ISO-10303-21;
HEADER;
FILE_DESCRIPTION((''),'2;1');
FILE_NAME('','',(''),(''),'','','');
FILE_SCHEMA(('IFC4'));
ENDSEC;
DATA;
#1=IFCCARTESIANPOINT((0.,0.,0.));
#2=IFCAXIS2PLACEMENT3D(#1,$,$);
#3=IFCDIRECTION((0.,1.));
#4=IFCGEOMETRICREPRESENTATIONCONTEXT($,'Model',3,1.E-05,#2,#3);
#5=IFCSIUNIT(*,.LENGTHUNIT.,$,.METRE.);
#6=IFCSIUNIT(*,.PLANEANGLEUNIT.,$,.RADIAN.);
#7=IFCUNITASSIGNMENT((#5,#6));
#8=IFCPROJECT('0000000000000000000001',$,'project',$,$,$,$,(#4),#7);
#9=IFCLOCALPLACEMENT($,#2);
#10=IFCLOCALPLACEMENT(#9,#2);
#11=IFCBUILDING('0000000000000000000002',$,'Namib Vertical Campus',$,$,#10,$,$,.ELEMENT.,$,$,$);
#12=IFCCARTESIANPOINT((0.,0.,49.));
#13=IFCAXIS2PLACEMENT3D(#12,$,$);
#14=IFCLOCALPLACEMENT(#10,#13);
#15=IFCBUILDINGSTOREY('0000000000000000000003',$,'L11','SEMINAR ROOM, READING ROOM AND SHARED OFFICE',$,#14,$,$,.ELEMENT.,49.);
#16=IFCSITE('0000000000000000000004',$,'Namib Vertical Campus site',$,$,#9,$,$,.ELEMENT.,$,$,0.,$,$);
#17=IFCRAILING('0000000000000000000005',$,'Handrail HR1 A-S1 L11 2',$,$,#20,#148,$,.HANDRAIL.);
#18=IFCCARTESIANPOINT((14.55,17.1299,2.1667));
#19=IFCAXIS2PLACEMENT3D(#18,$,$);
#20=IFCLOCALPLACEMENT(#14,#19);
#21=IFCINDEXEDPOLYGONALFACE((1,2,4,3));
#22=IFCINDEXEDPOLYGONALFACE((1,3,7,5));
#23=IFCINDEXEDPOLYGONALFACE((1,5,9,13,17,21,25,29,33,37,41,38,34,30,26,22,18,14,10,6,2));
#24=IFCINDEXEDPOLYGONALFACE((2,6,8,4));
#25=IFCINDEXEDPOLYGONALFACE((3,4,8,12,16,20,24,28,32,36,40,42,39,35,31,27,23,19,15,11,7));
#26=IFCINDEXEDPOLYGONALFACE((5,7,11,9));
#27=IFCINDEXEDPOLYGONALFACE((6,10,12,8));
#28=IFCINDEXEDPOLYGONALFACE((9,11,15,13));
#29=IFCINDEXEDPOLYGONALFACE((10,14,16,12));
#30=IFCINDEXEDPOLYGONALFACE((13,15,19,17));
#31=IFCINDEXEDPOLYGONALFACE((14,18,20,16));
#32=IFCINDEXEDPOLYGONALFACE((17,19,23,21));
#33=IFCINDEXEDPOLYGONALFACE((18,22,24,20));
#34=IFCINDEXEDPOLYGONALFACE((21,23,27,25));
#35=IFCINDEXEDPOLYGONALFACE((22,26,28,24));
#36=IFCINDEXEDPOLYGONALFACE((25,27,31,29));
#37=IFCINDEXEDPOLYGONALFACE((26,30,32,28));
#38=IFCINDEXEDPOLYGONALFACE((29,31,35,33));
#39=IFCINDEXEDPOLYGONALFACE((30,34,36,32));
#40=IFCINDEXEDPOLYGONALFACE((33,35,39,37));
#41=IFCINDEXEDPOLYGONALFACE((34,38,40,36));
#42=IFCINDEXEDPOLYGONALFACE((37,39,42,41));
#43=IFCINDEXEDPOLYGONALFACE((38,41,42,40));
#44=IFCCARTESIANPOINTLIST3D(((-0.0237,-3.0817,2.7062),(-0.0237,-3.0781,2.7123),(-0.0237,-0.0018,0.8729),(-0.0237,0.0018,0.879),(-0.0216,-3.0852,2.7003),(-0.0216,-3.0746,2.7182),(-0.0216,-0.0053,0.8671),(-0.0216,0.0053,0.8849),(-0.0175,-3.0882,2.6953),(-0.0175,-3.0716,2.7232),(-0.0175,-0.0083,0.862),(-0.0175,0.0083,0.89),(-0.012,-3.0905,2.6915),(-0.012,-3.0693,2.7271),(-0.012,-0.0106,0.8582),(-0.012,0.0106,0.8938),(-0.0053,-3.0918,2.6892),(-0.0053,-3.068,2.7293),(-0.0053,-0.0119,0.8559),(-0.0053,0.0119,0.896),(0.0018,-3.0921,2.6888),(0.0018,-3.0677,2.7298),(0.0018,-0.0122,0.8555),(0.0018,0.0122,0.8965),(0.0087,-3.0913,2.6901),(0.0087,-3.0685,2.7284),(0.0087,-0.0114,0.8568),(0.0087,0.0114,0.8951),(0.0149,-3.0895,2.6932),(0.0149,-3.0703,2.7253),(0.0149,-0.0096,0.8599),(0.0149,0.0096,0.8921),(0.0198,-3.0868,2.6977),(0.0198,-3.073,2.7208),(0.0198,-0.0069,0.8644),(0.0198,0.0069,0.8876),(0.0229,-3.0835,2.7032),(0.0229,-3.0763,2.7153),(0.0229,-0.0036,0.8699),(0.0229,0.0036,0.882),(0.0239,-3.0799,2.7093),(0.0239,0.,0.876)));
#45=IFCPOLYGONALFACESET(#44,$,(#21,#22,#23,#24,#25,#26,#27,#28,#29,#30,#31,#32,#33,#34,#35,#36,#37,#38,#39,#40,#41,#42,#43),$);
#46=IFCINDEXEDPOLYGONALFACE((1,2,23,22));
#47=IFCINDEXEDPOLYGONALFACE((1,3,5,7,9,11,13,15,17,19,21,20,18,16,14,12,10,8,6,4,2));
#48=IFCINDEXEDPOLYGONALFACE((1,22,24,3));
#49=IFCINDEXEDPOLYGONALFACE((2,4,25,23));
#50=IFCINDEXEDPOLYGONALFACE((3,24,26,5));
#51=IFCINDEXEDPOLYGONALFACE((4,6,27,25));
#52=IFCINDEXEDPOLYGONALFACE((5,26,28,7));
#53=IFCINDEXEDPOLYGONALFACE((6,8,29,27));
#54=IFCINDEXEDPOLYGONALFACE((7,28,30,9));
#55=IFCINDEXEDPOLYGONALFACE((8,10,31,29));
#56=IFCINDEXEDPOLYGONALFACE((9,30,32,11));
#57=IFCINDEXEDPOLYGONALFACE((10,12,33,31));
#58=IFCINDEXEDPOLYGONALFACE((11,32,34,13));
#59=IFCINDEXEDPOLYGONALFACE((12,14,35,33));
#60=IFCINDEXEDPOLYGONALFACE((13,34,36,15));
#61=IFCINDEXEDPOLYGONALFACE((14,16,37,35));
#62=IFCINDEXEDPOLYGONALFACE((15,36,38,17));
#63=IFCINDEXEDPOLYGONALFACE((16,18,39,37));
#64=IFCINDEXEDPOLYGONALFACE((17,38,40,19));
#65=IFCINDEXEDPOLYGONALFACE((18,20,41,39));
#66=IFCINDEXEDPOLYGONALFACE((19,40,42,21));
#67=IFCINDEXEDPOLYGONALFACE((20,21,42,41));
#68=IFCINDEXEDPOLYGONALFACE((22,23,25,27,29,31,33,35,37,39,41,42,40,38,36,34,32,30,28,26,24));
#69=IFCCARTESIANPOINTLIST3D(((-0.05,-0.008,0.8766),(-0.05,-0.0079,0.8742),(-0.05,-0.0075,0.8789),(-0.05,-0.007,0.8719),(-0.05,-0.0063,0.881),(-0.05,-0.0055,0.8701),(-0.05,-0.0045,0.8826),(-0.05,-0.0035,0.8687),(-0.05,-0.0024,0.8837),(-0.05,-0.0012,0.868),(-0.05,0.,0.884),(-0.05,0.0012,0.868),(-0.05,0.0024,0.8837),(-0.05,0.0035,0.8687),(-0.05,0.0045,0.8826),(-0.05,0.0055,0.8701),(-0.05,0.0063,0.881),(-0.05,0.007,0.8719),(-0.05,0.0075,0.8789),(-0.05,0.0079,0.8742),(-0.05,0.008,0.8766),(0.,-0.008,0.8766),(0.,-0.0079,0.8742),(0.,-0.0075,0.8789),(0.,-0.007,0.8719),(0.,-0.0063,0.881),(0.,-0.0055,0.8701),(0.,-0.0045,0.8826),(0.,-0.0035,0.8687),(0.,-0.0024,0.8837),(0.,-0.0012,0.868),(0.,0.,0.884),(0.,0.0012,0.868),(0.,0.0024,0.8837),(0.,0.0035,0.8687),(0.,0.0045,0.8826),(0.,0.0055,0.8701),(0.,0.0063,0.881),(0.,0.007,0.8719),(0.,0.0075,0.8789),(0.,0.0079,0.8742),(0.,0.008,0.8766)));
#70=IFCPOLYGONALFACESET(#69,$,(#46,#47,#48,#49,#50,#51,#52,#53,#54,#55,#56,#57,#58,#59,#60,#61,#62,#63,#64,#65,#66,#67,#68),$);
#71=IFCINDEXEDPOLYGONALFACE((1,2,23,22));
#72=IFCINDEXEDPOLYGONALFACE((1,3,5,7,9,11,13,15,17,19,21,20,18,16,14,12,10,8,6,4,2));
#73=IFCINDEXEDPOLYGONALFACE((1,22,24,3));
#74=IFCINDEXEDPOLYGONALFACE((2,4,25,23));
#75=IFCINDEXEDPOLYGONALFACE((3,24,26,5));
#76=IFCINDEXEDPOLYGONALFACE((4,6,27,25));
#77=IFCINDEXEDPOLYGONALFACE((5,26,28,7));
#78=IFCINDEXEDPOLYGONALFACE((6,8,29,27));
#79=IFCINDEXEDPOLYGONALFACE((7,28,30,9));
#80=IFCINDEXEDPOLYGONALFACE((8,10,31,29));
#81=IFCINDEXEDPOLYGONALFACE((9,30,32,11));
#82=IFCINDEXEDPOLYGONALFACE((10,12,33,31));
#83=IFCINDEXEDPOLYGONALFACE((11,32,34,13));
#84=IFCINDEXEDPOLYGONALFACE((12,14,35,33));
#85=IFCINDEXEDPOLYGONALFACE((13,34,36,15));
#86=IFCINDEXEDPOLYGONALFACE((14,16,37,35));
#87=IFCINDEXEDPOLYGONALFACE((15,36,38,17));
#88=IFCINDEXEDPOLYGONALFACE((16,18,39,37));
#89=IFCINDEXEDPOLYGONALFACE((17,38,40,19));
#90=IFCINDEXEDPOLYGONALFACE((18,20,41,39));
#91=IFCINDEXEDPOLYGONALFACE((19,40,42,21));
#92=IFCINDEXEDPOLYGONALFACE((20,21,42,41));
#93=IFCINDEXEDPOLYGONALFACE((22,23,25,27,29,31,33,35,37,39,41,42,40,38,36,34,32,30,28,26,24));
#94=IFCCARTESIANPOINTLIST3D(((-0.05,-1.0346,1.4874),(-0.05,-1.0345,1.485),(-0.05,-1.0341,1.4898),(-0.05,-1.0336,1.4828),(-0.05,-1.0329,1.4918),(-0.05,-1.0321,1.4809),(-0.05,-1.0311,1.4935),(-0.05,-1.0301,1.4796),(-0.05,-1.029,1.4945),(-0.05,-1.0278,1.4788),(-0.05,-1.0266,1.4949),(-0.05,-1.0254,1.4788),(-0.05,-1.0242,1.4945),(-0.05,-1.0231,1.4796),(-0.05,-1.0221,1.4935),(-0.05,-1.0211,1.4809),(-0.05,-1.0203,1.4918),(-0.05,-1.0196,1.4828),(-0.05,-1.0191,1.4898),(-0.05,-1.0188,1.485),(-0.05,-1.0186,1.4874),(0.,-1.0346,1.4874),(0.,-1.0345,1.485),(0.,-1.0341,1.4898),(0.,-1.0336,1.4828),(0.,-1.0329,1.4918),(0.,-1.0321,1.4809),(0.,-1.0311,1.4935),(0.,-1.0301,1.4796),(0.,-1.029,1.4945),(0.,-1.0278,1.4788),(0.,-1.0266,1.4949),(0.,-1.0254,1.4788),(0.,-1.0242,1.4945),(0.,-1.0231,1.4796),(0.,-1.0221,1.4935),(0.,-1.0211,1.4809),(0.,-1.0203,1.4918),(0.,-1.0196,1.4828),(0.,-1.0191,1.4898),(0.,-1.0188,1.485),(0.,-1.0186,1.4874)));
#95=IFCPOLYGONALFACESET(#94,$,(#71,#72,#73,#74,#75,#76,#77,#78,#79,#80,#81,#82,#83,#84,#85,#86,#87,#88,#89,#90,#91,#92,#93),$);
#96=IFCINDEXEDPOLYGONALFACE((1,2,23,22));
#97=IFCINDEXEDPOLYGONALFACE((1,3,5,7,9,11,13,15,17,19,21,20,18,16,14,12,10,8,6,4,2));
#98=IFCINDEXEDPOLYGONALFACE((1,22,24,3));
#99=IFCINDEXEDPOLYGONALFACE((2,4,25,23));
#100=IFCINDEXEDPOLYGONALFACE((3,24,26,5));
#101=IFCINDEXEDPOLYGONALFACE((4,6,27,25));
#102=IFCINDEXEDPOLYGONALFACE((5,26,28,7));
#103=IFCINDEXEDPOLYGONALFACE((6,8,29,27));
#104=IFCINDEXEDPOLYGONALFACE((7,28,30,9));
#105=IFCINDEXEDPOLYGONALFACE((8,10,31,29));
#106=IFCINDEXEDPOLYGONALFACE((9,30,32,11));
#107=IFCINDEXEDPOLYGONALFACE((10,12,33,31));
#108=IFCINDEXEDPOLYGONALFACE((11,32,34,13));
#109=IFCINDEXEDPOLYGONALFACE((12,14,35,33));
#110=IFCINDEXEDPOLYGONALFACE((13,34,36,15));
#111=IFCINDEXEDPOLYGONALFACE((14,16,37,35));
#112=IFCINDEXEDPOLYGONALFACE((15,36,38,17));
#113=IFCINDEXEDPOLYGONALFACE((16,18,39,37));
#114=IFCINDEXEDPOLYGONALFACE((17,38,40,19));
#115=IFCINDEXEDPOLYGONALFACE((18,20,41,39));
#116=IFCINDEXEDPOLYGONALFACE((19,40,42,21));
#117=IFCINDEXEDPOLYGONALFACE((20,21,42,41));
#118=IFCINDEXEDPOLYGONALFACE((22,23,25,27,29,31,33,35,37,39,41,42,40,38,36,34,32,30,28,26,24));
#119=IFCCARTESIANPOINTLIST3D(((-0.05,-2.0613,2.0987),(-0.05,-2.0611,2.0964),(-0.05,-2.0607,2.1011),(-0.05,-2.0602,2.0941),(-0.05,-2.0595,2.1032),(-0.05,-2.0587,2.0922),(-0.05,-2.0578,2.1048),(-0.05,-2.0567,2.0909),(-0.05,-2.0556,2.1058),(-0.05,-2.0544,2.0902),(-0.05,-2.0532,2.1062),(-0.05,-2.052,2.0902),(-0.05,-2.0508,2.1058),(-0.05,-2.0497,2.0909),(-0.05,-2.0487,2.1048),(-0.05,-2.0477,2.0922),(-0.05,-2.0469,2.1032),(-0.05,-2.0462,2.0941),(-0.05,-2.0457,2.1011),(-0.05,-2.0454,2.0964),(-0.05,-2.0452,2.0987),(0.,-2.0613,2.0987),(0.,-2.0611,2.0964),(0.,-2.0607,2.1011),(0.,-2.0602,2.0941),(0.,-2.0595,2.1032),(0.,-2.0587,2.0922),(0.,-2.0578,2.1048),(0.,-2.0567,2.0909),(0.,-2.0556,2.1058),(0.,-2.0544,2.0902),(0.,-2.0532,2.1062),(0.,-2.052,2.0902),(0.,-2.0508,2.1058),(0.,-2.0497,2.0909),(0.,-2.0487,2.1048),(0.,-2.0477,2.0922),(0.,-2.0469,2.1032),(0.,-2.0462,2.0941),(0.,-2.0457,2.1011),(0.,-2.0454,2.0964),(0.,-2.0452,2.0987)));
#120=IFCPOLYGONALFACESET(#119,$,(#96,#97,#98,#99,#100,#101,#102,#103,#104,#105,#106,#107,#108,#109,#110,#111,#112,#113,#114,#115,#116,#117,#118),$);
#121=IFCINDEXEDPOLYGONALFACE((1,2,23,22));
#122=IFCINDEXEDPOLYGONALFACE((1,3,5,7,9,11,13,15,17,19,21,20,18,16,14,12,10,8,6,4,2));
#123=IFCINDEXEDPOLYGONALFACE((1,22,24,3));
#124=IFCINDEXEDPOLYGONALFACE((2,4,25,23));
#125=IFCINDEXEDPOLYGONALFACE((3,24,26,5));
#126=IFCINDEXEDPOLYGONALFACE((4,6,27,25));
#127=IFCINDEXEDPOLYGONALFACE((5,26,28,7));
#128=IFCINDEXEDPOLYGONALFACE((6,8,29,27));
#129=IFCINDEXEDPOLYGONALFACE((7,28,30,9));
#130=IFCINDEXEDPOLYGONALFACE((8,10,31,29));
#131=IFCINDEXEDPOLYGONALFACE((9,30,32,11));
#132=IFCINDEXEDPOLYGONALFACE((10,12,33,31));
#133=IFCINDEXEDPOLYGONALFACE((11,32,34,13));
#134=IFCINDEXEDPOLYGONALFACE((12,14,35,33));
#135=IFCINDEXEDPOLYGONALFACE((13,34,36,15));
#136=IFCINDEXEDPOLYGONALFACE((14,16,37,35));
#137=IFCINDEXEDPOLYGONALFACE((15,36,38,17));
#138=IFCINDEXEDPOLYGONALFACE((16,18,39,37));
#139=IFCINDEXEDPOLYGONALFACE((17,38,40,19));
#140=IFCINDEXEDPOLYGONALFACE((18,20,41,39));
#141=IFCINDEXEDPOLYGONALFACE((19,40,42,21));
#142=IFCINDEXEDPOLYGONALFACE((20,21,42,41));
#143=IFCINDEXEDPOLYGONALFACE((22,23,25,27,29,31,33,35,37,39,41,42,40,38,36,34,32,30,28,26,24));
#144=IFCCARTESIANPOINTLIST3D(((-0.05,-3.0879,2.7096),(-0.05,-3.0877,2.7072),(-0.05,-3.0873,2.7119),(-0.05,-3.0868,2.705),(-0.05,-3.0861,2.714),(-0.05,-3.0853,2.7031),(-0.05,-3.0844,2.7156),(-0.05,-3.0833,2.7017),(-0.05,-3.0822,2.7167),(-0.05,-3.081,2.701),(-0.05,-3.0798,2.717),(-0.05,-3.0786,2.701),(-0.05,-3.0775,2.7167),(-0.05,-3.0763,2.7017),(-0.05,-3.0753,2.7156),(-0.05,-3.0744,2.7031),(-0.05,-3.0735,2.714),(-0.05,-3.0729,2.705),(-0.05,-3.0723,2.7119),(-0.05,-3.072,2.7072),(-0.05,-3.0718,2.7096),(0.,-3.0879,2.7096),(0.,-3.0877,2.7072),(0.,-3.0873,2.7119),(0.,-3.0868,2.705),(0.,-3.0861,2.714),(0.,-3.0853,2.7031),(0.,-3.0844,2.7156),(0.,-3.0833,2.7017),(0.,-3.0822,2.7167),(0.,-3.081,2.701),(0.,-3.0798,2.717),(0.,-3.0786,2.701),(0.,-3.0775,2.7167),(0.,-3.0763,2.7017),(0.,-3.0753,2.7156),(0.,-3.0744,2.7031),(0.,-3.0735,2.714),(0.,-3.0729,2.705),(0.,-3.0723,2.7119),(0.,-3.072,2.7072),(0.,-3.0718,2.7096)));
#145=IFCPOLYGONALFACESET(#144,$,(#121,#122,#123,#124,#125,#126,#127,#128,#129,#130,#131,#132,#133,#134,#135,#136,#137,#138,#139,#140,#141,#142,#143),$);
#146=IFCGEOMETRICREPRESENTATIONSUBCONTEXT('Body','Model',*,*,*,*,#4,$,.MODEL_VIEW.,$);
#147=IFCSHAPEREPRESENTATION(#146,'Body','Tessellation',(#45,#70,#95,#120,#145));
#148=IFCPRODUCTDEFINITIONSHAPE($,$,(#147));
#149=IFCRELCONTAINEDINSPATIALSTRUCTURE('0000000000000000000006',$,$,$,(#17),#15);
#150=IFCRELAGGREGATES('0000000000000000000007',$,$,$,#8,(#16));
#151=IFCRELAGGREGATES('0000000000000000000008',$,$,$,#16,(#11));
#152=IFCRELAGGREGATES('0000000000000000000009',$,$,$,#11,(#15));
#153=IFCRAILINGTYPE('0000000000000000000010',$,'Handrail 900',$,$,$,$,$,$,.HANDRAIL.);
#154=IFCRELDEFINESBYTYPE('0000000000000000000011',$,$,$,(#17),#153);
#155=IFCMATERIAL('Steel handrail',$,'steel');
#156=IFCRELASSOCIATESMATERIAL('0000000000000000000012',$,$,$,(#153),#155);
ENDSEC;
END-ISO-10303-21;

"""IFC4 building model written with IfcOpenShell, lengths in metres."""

from ifc_helpers import new_model, si_unit, direction, frame, origin, origin_2d, place, context, subcontext, project, spatial, circle, extrude, material, type_object, element, save


model = new_model("IFC4")

# Units and contexts
model_context = context("Model", 3, precision=1e-05, world=origin(), true_north=direction((0.0, 1.0)))
body_context = subcontext(model_context, "Body", "Model", "MODEL_VIEW")
ifc_project = project(units=[si_unit("LENGTHUNIT", "METRE"), si_unit("PLANEANGLEUNIT", "RADIAN")], contexts=[model_context])

# Site, building, storey
site_placement = place(None, origin())
site = spatial("IfcSite", under=ifc_project, at=site_placement, Name="Namib Vertical Campus site", CompositionType="ELEMENT", RefElevation=0.0)
building_placement = place(site_placement, origin())
building = spatial("IfcBuilding", under=site, at=building_placement, Name="Namib Vertical Campus", CompositionType="ELEMENT")
storey_placement = place(building_placement, frame((0.0, 0.0, 49.0)))
storey = spatial("IfcBuildingStorey", under=building, at=storey_placement, Name="L11", Description="SEMINAR ROOM, READING ROOM AND SHARED OFFICE", CompositionType="ELEMENT", Elevation=49.0)

# Railing
ifc_material_1 = material(Name="Steel handrail", Category="steel")
railing_type_1 = type_object("IfcRailingType", Name="Handrail 900", PredefinedType="HANDRAIL", material=ifc_material_1)
railing_1_placement = place(storey_placement, frame((14.55, 17.1299, 2.1667)))
element("IfcRailing", 1, at=railing_1_placement, inside=storey, type_object=railing_type_1, Name="Handrail HR1 A-S1 L11 2", PredefinedType="HANDRAIL", context=body_context, shape_type="SweptSolid", body=[
    extrude(circle(Radius=0.0239, at=origin_2d()), frame((0.0, 0.0, 0.876), z_axis=(0.0, -0.859291, 0.511487), x_axis=(1.0, 0.0, 0.0)), (0.0, 0.0, 1.0), 3.5842),
    extrude(circle(Radius=0.0081, at=origin_2d()), frame((0.0, 0.0, 0.876), z_axis=(-1.0, 0.0, 0.0), x_axis=(0.0, 0.0, 1.0)), (0.0, 0.0, 1.0), 0.05),
    extrude(circle(Radius=0.0081, at=origin_2d()), frame((0.0, -1.0266, 1.4868), z_axis=(-1.0, 0.0, 0.0), x_axis=(0.0, 0.0, 1.0)), (0.0, 0.0, 1.0), 0.05),
    extrude(circle(Radius=0.0081, at=origin_2d()), frame((0.0, -2.0532, 2.0981), z_axis=(-1.0, 0.0, 0.0), x_axis=(0.0, 0.0, 1.0)), (0.0, 0.0, 1.0), 0.05),
    extrude(circle(Radius=0.0081, at=origin_2d()), frame((0.0, -3.0798, 2.709), z_axis=(-1.0, 0.0, 0.0), x_axis=(0.0, 0.0, 1.0)), (0.0, 0.0, 1.0), 0.05),
])

save(model, "model.ifc")
